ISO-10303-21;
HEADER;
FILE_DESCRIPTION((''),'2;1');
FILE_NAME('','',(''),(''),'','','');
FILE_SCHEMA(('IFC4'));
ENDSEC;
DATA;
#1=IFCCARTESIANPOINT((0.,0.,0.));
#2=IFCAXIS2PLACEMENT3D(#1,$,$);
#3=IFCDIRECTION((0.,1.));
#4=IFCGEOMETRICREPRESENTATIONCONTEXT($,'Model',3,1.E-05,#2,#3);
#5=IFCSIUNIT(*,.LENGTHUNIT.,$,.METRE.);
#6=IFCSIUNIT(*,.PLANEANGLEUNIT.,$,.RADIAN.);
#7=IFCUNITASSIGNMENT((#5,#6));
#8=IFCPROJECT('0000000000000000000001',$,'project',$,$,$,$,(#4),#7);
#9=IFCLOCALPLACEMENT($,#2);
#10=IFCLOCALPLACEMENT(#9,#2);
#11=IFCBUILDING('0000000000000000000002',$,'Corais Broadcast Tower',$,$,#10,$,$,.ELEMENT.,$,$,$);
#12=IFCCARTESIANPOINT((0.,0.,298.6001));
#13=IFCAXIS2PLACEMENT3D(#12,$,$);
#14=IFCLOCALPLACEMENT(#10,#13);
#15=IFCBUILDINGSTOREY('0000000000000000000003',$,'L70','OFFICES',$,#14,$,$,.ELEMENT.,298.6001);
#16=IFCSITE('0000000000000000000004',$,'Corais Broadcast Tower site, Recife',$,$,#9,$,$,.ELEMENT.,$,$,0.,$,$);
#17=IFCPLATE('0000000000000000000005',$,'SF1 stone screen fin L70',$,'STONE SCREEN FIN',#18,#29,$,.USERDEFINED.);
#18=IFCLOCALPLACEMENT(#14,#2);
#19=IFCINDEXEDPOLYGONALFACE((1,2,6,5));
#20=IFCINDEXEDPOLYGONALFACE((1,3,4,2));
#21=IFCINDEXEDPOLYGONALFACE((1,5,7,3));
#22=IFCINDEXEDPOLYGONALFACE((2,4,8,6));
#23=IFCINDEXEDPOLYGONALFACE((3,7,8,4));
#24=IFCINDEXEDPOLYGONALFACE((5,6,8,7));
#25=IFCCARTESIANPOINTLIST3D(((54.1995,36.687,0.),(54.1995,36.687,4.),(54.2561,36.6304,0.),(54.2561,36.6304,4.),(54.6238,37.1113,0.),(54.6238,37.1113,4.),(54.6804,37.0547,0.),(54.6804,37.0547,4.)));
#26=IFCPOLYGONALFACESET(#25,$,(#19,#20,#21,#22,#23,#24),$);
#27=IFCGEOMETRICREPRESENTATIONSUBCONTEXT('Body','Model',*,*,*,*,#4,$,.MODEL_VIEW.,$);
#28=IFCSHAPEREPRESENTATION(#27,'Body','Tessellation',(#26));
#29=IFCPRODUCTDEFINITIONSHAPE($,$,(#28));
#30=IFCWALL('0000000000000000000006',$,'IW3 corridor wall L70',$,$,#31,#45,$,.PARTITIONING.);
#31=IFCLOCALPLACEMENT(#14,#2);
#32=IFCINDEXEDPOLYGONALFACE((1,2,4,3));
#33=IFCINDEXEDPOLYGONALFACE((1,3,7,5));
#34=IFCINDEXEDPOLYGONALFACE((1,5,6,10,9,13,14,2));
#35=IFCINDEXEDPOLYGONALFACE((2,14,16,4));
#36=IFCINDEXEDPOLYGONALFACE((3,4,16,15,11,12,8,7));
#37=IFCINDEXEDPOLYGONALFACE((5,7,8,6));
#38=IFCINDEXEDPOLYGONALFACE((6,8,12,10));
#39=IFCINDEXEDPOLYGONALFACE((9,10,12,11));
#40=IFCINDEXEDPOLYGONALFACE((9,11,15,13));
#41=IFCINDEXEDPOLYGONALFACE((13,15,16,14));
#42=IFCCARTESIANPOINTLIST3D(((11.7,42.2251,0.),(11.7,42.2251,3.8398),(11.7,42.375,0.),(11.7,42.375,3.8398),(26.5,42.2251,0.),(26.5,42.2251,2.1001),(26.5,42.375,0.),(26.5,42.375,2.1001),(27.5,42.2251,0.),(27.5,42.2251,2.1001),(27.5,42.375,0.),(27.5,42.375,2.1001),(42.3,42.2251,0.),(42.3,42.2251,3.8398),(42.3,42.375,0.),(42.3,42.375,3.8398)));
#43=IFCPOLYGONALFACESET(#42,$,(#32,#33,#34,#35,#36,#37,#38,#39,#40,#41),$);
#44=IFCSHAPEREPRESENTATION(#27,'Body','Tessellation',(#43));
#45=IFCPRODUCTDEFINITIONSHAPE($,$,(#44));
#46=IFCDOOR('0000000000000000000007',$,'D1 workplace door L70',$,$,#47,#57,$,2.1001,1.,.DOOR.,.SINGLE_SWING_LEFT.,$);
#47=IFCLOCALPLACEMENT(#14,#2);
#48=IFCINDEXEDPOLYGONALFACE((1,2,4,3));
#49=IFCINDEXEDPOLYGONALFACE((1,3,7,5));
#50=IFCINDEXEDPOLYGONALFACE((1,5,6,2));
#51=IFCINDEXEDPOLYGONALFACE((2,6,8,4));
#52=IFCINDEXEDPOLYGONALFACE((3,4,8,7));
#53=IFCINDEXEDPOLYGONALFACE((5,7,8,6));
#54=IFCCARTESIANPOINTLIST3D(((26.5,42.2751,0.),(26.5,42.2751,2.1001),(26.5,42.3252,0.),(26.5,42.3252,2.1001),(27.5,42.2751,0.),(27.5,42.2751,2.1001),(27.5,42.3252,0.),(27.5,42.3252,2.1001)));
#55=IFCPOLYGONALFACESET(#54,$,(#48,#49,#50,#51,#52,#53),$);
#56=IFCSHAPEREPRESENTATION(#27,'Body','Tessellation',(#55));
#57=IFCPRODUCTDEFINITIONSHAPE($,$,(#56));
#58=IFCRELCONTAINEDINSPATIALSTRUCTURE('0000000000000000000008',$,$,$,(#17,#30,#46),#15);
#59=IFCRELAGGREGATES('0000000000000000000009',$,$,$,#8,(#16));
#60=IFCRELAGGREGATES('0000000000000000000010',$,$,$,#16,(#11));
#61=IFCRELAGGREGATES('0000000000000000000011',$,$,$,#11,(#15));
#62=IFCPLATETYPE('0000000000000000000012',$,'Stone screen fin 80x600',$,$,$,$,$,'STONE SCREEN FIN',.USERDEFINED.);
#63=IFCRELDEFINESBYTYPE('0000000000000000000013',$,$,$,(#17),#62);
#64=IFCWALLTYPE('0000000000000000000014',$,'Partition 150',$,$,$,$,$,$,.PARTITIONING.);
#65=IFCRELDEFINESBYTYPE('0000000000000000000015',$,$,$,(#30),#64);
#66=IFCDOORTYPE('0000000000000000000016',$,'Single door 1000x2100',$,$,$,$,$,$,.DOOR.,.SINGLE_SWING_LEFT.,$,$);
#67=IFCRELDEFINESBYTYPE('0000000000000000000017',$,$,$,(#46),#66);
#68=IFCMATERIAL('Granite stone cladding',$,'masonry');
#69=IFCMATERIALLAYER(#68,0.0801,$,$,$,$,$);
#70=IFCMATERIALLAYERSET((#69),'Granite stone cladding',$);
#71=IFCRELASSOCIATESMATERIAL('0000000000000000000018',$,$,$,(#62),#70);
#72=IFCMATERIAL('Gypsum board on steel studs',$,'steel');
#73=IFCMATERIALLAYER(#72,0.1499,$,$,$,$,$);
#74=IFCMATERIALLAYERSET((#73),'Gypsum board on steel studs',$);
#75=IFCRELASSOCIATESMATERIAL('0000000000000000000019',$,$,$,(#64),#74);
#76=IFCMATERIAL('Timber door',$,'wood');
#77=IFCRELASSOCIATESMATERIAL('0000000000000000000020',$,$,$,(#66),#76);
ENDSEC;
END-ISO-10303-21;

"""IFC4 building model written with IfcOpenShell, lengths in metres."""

from ifc_helpers import new_model, si_unit, direction, frame, frame_2d, origin, origin_2d, place, context, subcontext, project, spatial, rectangle, extrude, material, layer, layer_set, type_object, element, fill, save


model = new_model("IFC4")

# Units and contexts
model_context = context("Model", 3, precision=1e-05, world=origin(), true_north=direction((0.0, 1.0)))
body_context = subcontext(model_context, "Body", "Model", "MODEL_VIEW")
ifc_project = project(units=[si_unit("LENGTHUNIT", "METRE"), si_unit("PLANEANGLEUNIT", "RADIAN")], contexts=[model_context])

# Site, building, storey
site_placement = place(None, origin())
site = spatial("IfcSite", under=ifc_project, at=site_placement, Name="Corais Broadcast Tower site, Recife", CompositionType="ELEMENT", RefElevation=0.0)
building_placement = place(site_placement, origin())
building = spatial("IfcBuilding", under=site, at=building_placement, Name="Corais Broadcast Tower", CompositionType="ELEMENT")
storey_placement = place(building_placement, frame((0.0, 0.0, 298.6001)))
storey = spatial("IfcBuildingStorey", under=building, at=storey_placement, Name="L70", Description="OFFICES", CompositionType="ELEMENT", Elevation=298.6001)

# Plate
ifc_material_1 = material(Name="Granite stone cladding", Category="masonry")
ifc_layer_1 = layer(ifc_material_1, 0.0801)
ifc_layer_set_1 = layer_set([ifc_layer_1], Name="Granite stone cladding")
plate_type_1 = type_object("IfcPlateType", Name="Stone screen fin 80x600", ElementType="STONE SCREEN FIN", PredefinedType="USERDEFINED", material=ifc_layer_set_1)
for number, where, z_axis, x_axis, name in (
    (1, (54.4399, 36.8708, 0.0), (0.0, 0.0, 1.0), (0.707107, -0.707107, 0.0), "SF1 stone screen fin L70"),
):
    element("IfcPlate", number, at=place(storey_placement, frame(where, z_axis=z_axis, x_axis=x_axis)), inside=storey, type_object=plate_type_1, Name=name, ObjectType="STONE SCREEN FIN", PredefinedType="USERDEFINED", context=body_context, shape_type="SweptSolid", body=[
        extrude(rectangle(XDim=0.0801, YDim=0.6001, at=origin_2d()), origin(), (0.0, 0.0, 1.0), 4.0),
    ])

# Wall, opening, door
ifc_material_2 = material(Name="Gypsum board on steel studs", Category="steel")
ifc_layer_2 = layer(ifc_material_2, 0.1499)
ifc_layer_set_2 = layer_set([ifc_layer_2], Name="Gypsum board on steel studs")
wall_type = type_object("IfcWallType", Name="Partition 150", PredefinedType="PARTITIONING", material=ifc_layer_set_2)
wall_placement = place(storey_placement, frame((42.3, 42.3, 0.0), z_axis=(0.0, 0.0, 1.0), x_axis=(-1.0, 0.0, 0.0)))
wall = element("IfcWall", 2, at=wall_placement, inside=storey, type_object=wall_type, Name="IW3 corridor wall L70", PredefinedType="PARTITIONING", context=body_context, shape_type="SweptSolid", body=[
    extrude(rectangle(XDim=30.6001, YDim=0.1499, at=frame_2d((15.3, 0.0))), origin(), (0.0, 0.0, 1.0), 3.8398),
])
opening_placement = place(wall_placement, frame((14.8, 0.0, 0.0)))
opening = element("IfcOpeningElement", 3, at=opening_placement, cuts=wall, PredefinedType="OPENING", context=body_context, shape_type="SweptSolid", body=[
    extrude(rectangle(XDim=1.0, YDim=2.1001, at=frame_2d((0.5, 1.05))), frame((0.0, 0.085, 0.0), z_axis=(0.0, -1.0, 0.0), x_axis=(1.0, 0.0, 0.0)), (0.0, 0.0, 1.0), 0.1699),
])
ifc_material_3 = material(Name="Timber door", Category="wood")
door_type = type_object("IfcDoorType", Name="Single door 1000x2100", OperationType="SINGLE_SWING_LEFT", PredefinedType="DOOR", material=ifc_material_3)
door_placement = place(opening_placement, origin())
door = element("IfcDoor", 4, at=door_placement, inside=storey, type_object=door_type, Name="D1 workplace door L70", OperationType="SINGLE_SWING_LEFT", OverallHeight=2.1001, OverallWidth=1.0, PredefinedType="DOOR", context=body_context, shape_type="SweptSolid", body=[
    extrude(rectangle(XDim=1.0, YDim=2.1001, at=frame_2d((0.5, 1.05))), frame((0.0, 0.0249, 0.0), z_axis=(0.0, -1.0, 0.0), x_axis=(1.0, 0.0, 0.0)), (0.0, 0.0, 1.0), 0.05),
])
fill(opening, door)

save(model, "model.ifc")
